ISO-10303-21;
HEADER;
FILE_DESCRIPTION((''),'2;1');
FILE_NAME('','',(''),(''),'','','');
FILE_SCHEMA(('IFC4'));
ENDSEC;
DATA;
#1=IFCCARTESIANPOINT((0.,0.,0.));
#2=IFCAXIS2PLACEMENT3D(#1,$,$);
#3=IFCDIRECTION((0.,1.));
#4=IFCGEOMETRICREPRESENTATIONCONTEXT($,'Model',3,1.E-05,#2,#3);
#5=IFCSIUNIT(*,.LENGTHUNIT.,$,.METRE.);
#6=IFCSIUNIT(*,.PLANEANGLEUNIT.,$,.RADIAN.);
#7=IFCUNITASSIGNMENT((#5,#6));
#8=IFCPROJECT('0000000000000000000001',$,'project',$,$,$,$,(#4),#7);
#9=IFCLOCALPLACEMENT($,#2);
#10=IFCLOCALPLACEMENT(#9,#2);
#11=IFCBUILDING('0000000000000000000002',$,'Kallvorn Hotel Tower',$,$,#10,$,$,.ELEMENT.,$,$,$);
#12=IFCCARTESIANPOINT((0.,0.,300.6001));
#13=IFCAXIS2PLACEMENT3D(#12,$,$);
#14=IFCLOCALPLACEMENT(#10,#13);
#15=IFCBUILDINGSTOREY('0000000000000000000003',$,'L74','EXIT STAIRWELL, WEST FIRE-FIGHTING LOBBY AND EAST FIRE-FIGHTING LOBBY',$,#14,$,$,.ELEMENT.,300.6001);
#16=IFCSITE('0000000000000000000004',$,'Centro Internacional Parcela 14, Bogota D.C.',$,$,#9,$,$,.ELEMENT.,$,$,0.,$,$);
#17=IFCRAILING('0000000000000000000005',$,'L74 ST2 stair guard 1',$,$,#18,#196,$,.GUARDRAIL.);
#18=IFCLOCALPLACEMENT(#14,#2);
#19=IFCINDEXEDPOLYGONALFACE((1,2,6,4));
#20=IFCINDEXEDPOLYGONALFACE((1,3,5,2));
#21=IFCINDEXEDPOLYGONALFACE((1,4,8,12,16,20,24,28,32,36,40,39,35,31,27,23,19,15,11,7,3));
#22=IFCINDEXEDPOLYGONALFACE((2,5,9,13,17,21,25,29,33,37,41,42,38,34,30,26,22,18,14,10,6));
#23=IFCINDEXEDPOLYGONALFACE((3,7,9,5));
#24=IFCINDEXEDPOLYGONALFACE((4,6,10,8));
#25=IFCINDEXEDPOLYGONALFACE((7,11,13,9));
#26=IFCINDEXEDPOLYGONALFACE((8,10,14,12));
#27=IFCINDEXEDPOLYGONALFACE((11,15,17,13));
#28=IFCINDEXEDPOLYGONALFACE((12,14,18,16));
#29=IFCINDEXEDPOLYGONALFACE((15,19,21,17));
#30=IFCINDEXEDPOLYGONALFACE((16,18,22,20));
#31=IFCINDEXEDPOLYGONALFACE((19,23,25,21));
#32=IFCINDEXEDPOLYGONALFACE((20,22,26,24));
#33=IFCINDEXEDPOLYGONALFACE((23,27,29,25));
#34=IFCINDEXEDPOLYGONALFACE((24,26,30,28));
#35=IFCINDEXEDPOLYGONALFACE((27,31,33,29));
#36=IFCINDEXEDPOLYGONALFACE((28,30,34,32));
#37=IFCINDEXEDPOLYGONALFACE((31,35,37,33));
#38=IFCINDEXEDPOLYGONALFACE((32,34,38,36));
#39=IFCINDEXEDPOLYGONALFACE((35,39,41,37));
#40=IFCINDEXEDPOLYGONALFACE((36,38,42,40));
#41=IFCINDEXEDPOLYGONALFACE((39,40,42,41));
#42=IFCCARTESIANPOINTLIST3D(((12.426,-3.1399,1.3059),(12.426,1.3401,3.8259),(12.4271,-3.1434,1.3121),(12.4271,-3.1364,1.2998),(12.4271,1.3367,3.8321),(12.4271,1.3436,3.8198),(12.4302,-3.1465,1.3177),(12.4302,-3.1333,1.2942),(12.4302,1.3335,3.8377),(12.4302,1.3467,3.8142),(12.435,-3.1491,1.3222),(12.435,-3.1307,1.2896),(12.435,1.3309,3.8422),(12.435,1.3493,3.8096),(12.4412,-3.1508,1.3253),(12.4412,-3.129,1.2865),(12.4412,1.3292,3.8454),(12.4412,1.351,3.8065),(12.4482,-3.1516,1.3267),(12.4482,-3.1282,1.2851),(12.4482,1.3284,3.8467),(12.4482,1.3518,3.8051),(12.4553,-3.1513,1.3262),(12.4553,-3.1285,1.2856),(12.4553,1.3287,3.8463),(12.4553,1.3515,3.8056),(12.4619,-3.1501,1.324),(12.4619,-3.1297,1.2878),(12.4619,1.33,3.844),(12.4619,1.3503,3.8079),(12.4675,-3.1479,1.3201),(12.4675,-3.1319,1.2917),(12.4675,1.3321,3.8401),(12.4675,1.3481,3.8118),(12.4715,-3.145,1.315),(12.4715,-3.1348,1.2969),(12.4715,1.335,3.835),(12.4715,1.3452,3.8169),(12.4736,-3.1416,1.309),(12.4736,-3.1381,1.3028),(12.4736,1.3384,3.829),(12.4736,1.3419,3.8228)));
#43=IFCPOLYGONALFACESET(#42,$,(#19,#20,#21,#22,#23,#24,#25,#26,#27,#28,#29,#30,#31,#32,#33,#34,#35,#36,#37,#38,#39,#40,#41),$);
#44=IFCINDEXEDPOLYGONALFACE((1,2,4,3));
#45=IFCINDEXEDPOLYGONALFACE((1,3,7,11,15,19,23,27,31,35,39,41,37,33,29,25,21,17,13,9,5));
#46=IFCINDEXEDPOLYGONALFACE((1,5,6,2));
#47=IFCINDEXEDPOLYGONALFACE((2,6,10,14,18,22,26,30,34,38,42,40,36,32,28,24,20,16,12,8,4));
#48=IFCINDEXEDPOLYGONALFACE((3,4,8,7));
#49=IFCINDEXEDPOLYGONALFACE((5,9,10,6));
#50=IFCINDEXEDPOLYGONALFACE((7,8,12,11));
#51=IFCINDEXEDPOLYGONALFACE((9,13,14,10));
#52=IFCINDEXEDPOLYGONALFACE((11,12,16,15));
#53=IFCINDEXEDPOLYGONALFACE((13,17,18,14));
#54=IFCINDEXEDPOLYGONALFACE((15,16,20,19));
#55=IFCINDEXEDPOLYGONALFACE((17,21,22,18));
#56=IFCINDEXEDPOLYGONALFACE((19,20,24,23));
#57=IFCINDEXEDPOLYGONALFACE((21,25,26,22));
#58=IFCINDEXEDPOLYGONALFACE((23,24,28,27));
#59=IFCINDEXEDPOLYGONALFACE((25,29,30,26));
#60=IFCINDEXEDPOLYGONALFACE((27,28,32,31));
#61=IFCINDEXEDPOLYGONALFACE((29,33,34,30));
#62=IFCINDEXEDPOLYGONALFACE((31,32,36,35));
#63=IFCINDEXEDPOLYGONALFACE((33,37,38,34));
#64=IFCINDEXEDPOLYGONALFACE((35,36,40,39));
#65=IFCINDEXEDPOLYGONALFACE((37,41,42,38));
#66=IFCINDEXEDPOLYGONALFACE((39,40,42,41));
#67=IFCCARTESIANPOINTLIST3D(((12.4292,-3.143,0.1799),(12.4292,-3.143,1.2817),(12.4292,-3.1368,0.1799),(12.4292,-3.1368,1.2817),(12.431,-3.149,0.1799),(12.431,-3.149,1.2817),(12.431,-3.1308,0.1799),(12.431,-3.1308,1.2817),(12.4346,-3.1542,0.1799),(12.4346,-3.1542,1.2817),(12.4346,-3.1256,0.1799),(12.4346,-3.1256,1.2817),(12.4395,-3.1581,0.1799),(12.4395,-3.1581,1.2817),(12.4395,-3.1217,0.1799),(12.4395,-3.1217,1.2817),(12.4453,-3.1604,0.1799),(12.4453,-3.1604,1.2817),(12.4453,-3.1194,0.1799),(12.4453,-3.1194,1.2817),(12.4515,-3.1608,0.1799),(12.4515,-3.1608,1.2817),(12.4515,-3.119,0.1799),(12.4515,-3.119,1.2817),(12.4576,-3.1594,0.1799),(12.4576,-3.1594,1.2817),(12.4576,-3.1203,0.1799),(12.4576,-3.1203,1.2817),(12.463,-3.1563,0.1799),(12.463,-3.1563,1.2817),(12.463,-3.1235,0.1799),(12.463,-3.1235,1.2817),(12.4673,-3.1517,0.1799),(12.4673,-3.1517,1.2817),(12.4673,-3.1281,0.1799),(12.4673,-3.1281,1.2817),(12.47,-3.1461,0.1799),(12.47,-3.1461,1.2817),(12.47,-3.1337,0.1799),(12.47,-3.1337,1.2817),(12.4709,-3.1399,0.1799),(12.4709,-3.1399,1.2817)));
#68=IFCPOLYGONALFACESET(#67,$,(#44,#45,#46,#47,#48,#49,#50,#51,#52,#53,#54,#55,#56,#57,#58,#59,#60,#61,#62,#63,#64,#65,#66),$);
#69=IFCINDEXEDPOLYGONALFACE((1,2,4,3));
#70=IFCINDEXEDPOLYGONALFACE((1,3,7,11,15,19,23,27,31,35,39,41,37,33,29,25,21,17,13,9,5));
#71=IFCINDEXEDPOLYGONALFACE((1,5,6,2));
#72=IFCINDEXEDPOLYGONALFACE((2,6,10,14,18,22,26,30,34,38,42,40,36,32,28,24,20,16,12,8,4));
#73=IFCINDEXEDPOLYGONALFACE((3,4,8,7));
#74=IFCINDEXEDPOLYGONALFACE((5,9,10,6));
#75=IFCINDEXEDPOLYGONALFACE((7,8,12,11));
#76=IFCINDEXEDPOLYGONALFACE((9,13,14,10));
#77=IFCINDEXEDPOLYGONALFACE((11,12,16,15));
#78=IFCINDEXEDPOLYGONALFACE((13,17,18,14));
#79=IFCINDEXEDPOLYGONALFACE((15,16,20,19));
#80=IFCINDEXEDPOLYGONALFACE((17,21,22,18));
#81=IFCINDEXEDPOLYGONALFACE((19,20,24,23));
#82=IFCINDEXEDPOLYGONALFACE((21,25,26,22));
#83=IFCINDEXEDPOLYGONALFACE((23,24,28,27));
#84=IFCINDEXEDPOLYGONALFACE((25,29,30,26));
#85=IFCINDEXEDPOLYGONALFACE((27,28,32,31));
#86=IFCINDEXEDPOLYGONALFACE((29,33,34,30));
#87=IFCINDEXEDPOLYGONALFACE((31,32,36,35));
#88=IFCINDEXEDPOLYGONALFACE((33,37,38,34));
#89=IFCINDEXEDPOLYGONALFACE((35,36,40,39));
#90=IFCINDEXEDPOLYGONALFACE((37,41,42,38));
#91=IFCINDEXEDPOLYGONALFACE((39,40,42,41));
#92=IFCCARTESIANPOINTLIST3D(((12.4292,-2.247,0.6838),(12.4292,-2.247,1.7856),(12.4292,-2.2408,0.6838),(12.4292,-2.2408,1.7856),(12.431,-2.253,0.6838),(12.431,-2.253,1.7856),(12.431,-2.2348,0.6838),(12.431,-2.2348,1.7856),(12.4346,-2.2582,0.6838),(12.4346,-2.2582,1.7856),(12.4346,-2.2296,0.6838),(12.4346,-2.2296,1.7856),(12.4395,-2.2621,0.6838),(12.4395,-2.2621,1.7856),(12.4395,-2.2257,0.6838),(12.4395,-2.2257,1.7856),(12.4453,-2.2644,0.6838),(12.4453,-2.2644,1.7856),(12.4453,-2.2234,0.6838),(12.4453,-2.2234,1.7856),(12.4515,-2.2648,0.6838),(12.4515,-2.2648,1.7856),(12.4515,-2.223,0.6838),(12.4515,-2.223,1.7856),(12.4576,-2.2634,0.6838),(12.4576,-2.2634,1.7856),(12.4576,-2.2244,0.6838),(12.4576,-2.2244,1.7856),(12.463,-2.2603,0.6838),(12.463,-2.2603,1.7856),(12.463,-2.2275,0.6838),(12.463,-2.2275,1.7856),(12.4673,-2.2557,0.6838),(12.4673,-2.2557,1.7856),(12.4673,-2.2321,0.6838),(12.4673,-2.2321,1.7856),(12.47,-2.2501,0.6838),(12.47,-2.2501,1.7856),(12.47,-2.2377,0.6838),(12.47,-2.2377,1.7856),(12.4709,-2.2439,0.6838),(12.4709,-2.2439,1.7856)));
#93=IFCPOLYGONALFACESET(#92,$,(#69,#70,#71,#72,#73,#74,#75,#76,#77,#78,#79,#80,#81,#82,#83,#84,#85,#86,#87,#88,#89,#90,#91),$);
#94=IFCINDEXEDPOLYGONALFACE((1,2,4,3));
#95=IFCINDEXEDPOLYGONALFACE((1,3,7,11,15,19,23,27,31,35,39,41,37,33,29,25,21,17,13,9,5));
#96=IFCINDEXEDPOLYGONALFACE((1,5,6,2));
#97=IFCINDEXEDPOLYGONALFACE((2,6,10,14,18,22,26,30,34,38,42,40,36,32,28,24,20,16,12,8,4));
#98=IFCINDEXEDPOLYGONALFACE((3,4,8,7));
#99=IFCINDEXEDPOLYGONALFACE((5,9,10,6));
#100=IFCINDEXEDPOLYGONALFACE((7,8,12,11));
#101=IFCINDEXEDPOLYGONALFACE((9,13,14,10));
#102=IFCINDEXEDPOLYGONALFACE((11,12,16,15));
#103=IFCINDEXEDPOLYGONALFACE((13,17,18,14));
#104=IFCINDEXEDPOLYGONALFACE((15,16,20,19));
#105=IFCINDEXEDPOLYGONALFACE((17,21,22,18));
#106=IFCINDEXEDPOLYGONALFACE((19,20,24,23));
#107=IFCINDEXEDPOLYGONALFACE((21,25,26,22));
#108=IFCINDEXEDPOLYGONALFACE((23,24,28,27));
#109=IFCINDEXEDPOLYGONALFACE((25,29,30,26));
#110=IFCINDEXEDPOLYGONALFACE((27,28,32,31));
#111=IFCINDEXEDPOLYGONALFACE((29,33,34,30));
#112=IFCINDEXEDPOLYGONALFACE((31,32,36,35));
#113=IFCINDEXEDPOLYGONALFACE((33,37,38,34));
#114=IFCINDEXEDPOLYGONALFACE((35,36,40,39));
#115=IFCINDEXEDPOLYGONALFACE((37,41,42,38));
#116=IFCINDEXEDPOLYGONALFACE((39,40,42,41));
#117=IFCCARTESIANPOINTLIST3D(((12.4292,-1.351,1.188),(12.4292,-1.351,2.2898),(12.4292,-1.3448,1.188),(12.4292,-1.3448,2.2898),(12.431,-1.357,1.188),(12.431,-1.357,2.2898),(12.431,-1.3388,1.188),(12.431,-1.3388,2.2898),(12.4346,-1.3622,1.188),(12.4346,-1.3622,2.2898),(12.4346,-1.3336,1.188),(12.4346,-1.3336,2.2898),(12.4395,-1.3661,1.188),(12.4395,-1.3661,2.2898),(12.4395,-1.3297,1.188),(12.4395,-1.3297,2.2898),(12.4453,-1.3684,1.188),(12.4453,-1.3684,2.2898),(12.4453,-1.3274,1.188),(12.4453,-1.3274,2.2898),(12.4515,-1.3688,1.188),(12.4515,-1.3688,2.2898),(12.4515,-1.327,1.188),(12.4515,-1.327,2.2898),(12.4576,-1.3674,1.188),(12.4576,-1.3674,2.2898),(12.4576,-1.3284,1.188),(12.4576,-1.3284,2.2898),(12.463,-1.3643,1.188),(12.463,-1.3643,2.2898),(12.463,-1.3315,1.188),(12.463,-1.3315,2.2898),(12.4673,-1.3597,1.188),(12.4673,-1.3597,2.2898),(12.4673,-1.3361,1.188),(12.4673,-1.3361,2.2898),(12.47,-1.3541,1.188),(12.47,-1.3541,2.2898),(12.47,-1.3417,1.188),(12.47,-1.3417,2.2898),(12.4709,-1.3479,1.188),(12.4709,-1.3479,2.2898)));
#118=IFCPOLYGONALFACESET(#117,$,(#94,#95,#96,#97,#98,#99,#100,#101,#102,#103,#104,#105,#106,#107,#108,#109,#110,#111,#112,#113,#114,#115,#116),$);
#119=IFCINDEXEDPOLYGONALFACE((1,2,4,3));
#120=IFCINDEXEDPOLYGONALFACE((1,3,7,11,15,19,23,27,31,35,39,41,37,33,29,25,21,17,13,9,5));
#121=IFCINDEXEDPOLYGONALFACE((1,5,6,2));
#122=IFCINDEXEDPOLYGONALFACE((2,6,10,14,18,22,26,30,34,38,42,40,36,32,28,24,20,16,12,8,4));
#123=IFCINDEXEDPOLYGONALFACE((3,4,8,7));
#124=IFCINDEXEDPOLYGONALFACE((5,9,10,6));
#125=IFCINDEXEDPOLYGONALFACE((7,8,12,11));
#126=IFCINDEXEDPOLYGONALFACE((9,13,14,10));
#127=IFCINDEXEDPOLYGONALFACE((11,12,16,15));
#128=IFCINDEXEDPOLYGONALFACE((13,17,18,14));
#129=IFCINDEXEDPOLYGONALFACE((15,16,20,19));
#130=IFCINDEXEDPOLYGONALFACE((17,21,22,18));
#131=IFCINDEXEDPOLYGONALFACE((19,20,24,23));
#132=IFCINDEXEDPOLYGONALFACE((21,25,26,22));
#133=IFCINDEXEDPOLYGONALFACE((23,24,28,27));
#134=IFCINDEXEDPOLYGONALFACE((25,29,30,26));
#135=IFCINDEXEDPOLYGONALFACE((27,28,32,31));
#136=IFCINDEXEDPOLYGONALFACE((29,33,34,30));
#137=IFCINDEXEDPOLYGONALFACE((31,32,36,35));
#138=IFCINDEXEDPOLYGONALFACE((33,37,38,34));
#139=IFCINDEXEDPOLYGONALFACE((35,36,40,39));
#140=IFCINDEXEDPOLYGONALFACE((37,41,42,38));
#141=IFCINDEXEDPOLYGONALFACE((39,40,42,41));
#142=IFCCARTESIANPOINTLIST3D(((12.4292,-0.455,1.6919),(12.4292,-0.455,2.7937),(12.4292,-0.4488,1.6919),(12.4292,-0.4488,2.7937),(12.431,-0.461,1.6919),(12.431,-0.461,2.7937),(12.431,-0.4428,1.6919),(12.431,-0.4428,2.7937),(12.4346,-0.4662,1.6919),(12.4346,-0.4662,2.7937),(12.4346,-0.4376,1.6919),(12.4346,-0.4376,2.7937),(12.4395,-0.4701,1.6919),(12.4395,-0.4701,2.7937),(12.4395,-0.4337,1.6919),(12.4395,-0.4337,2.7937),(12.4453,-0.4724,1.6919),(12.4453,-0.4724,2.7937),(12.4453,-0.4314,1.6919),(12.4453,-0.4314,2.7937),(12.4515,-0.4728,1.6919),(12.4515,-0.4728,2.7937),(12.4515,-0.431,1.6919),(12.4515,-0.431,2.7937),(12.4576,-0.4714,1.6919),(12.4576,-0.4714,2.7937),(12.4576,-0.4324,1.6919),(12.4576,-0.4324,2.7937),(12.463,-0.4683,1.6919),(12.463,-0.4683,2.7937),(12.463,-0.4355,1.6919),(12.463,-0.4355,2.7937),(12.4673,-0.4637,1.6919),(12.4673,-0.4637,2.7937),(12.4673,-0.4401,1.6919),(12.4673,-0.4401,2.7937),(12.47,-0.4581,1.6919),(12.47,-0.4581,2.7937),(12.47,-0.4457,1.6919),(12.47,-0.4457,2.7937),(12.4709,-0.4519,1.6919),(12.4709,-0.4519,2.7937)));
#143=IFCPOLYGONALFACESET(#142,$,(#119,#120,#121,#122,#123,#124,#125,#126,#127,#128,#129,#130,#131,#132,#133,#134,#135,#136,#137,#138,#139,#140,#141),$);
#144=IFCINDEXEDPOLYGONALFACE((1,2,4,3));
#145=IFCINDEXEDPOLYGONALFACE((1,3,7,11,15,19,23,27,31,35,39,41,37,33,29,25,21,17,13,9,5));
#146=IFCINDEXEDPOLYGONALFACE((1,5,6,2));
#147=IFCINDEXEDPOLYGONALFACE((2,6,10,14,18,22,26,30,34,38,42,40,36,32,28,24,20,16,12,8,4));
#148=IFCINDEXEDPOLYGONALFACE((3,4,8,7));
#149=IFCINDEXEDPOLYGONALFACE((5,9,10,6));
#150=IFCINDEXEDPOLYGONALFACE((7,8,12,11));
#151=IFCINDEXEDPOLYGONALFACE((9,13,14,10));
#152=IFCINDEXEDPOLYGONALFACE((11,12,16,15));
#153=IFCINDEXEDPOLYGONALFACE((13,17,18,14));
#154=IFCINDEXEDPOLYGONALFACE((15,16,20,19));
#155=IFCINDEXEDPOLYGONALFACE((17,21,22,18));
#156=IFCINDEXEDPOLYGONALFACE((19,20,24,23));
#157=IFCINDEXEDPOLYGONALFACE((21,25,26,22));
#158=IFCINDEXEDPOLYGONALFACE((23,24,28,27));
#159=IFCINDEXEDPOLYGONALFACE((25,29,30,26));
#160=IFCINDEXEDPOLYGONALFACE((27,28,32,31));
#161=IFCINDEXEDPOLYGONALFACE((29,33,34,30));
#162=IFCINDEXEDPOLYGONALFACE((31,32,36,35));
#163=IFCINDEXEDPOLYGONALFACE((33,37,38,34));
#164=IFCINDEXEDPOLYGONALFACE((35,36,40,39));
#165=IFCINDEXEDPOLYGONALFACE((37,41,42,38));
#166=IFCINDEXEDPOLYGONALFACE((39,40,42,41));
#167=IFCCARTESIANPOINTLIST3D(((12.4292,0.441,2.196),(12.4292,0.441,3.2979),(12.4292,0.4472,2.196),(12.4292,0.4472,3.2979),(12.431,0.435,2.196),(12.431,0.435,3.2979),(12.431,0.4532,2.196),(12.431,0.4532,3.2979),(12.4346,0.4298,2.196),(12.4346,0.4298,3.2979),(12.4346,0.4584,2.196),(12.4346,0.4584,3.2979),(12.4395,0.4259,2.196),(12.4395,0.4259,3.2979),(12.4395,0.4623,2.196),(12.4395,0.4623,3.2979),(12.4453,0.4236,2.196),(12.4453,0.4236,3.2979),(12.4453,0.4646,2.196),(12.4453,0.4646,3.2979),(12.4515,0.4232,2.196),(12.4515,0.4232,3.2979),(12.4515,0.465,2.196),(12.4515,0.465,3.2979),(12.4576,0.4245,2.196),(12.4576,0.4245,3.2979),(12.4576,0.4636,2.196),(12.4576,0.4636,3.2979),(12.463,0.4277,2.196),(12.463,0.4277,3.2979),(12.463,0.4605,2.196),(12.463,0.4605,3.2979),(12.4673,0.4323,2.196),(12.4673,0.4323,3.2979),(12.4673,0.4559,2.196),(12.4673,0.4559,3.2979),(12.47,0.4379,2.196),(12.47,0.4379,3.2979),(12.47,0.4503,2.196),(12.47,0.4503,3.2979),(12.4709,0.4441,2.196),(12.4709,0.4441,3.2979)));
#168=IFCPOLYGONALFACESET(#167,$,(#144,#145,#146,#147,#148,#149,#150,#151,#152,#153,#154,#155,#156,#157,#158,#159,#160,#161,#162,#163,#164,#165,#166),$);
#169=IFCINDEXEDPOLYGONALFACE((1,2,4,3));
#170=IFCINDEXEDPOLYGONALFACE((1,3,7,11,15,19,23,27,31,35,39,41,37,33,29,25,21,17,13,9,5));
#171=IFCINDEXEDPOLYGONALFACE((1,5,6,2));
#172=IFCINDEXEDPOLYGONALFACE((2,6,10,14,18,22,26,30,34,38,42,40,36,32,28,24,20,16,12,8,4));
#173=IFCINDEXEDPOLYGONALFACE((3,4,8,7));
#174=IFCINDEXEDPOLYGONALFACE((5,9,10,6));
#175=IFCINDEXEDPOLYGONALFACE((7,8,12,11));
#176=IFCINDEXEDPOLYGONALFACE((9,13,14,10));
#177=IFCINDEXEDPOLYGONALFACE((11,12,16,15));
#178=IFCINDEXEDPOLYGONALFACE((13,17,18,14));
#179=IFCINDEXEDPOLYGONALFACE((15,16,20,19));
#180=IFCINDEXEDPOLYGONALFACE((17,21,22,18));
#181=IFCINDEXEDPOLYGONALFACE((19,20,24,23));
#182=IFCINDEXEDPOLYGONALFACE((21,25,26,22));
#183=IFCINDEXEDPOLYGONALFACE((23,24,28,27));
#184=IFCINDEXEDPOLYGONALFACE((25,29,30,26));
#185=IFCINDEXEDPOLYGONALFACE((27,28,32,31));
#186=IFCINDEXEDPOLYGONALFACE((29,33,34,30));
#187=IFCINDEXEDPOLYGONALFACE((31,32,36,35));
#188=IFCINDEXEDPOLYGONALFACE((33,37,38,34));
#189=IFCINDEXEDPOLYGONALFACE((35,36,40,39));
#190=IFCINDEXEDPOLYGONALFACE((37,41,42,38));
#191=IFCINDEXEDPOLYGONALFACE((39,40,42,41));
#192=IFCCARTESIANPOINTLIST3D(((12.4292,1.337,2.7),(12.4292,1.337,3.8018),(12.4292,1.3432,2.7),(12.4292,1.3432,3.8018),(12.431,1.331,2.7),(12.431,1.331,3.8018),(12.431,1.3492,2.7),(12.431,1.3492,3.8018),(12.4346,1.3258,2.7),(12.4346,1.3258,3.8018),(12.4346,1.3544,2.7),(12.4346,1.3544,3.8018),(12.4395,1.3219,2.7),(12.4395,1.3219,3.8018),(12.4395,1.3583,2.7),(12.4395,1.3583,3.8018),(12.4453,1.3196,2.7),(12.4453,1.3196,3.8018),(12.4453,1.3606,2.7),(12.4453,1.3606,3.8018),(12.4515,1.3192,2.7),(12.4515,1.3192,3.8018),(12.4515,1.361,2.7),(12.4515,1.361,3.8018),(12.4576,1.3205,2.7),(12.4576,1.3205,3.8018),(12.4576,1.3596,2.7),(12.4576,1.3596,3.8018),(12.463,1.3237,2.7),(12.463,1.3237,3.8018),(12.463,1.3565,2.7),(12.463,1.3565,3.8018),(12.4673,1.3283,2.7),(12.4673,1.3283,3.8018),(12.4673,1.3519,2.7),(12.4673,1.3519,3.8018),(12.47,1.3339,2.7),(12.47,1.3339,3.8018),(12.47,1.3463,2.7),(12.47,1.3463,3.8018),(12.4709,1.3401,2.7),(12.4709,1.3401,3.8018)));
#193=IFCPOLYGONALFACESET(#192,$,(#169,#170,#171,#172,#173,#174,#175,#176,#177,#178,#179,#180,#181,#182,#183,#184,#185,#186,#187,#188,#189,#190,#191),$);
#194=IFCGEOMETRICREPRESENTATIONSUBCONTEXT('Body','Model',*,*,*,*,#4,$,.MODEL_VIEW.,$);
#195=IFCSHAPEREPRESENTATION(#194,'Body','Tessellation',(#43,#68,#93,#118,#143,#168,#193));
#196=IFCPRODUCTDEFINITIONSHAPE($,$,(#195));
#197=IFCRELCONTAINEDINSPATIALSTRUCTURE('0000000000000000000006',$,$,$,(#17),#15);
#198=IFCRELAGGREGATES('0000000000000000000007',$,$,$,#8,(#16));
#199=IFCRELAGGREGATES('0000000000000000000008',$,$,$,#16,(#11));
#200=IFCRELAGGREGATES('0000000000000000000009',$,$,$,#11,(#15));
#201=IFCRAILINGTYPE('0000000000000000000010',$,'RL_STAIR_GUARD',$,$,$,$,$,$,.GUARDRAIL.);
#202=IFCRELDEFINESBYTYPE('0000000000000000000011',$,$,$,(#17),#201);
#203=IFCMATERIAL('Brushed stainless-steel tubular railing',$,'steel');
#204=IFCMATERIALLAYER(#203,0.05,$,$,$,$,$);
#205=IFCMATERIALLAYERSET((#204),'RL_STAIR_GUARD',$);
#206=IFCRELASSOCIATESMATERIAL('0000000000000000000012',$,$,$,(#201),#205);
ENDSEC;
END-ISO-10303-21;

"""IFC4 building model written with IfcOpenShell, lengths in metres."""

from ifc_helpers import new_model, si_unit, direction, frame, origin, origin_2d, place, context, subcontext, project, spatial, circle, extrude, material, layer, layer_set, type_object, element, save


model = new_model("IFC4")

# Units and contexts
model_context = context("Model", 3, precision=1e-05, world=origin(), true_north=direction((0.0, 1.0)))
body_context = subcontext(model_context, "Body", "Model", "MODEL_VIEW")
ifc_project = project(units=[si_unit("LENGTHUNIT", "METRE"), si_unit("PLANEANGLEUNIT", "RADIAN")], contexts=[model_context])

# Site, building, storey
site_placement = place(None, origin())
site = spatial("IfcSite", under=ifc_project, at=site_placement, Name="Centro Internacional Parcela 14, Bogota D.C.", CompositionType="ELEMENT", RefElevation=0.0)
building_placement = place(site_placement, origin())
building = spatial("IfcBuilding", under=site, at=building_placement, Name="Kallvorn Hotel Tower", CompositionType="ELEMENT")
storey_placement = place(building_placement, frame((0.0, 0.0, 300.6001)))
storey = spatial("IfcBuildingStorey", under=building, at=storey_placement, Name="L74", Description="EXIT STAIRWELL, WEST FIRE-FIGHTING LOBBY AND EAST FIRE-FIGHTING LOBBY", CompositionType="ELEMENT", Elevation=300.6001)

# Railing
ifc_material_1 = material(Name="Brushed stainless-steel tubular railing", Category="steel")
ifc_layer_1 = layer(ifc_material_1, 0.05)
ifc_layer_set_1 = layer_set([ifc_layer_1], Name="RL_STAIR_GUARD")
railing_type_1 = type_object("IfcRailingType", Name="RL_STAIR_GUARD", PredefinedType="GUARDRAIL", material=ifc_layer_set_1)
railing_1_placement = place(storey_placement, frame((12.45, -3.1399, 0.1799)))
element("IfcRailing", 1, at=railing_1_placement, inside=storey, type_object=railing_type_1, Name="L74 ST2 stair guard 1", PredefinedType="GUARDRAIL", context=body_context, shape_type="SweptSolid", body=[
    extrude(circle(Radius=0.0239, at=origin_2d()), frame((0.0, 0.0, 1.126), z_axis=(0.0, 0.871573, 0.490266), x_axis=(-1.0, 0.0, 0.0)), (0.0, 0.0, 1.0), 5.1401),
    extrude(circle(Radius=0.021, at=origin_2d()), origin(), (0.0, 0.0, 1.0), 1.1018),
    extrude(circle(Radius=0.021, at=origin_2d()), frame((0.0, 0.896, 0.5039)), (0.0, 0.0, 1.0), 1.1018),
    extrude(circle(Radius=0.021, at=origin_2d()), frame((0.0, 1.792, 1.0081)), (0.0, 0.0, 1.0), 1.1018),
    extrude(circle(Radius=0.021, at=origin_2d()), frame((0.0, 2.688, 1.512)), (0.0, 0.0, 1.0), 1.1018),
    extrude(circle(Radius=0.021, at=origin_2d()), frame((0.0, 3.584, 2.0161)), (0.0, 0.0, 1.0), 1.1018),
    extrude(circle(Radius=0.021, at=origin_2d()), frame((0.0, 4.48, 2.52)), (0.0, 0.0, 1.0), 1.1018),
])

save(model, "model.ifc")
